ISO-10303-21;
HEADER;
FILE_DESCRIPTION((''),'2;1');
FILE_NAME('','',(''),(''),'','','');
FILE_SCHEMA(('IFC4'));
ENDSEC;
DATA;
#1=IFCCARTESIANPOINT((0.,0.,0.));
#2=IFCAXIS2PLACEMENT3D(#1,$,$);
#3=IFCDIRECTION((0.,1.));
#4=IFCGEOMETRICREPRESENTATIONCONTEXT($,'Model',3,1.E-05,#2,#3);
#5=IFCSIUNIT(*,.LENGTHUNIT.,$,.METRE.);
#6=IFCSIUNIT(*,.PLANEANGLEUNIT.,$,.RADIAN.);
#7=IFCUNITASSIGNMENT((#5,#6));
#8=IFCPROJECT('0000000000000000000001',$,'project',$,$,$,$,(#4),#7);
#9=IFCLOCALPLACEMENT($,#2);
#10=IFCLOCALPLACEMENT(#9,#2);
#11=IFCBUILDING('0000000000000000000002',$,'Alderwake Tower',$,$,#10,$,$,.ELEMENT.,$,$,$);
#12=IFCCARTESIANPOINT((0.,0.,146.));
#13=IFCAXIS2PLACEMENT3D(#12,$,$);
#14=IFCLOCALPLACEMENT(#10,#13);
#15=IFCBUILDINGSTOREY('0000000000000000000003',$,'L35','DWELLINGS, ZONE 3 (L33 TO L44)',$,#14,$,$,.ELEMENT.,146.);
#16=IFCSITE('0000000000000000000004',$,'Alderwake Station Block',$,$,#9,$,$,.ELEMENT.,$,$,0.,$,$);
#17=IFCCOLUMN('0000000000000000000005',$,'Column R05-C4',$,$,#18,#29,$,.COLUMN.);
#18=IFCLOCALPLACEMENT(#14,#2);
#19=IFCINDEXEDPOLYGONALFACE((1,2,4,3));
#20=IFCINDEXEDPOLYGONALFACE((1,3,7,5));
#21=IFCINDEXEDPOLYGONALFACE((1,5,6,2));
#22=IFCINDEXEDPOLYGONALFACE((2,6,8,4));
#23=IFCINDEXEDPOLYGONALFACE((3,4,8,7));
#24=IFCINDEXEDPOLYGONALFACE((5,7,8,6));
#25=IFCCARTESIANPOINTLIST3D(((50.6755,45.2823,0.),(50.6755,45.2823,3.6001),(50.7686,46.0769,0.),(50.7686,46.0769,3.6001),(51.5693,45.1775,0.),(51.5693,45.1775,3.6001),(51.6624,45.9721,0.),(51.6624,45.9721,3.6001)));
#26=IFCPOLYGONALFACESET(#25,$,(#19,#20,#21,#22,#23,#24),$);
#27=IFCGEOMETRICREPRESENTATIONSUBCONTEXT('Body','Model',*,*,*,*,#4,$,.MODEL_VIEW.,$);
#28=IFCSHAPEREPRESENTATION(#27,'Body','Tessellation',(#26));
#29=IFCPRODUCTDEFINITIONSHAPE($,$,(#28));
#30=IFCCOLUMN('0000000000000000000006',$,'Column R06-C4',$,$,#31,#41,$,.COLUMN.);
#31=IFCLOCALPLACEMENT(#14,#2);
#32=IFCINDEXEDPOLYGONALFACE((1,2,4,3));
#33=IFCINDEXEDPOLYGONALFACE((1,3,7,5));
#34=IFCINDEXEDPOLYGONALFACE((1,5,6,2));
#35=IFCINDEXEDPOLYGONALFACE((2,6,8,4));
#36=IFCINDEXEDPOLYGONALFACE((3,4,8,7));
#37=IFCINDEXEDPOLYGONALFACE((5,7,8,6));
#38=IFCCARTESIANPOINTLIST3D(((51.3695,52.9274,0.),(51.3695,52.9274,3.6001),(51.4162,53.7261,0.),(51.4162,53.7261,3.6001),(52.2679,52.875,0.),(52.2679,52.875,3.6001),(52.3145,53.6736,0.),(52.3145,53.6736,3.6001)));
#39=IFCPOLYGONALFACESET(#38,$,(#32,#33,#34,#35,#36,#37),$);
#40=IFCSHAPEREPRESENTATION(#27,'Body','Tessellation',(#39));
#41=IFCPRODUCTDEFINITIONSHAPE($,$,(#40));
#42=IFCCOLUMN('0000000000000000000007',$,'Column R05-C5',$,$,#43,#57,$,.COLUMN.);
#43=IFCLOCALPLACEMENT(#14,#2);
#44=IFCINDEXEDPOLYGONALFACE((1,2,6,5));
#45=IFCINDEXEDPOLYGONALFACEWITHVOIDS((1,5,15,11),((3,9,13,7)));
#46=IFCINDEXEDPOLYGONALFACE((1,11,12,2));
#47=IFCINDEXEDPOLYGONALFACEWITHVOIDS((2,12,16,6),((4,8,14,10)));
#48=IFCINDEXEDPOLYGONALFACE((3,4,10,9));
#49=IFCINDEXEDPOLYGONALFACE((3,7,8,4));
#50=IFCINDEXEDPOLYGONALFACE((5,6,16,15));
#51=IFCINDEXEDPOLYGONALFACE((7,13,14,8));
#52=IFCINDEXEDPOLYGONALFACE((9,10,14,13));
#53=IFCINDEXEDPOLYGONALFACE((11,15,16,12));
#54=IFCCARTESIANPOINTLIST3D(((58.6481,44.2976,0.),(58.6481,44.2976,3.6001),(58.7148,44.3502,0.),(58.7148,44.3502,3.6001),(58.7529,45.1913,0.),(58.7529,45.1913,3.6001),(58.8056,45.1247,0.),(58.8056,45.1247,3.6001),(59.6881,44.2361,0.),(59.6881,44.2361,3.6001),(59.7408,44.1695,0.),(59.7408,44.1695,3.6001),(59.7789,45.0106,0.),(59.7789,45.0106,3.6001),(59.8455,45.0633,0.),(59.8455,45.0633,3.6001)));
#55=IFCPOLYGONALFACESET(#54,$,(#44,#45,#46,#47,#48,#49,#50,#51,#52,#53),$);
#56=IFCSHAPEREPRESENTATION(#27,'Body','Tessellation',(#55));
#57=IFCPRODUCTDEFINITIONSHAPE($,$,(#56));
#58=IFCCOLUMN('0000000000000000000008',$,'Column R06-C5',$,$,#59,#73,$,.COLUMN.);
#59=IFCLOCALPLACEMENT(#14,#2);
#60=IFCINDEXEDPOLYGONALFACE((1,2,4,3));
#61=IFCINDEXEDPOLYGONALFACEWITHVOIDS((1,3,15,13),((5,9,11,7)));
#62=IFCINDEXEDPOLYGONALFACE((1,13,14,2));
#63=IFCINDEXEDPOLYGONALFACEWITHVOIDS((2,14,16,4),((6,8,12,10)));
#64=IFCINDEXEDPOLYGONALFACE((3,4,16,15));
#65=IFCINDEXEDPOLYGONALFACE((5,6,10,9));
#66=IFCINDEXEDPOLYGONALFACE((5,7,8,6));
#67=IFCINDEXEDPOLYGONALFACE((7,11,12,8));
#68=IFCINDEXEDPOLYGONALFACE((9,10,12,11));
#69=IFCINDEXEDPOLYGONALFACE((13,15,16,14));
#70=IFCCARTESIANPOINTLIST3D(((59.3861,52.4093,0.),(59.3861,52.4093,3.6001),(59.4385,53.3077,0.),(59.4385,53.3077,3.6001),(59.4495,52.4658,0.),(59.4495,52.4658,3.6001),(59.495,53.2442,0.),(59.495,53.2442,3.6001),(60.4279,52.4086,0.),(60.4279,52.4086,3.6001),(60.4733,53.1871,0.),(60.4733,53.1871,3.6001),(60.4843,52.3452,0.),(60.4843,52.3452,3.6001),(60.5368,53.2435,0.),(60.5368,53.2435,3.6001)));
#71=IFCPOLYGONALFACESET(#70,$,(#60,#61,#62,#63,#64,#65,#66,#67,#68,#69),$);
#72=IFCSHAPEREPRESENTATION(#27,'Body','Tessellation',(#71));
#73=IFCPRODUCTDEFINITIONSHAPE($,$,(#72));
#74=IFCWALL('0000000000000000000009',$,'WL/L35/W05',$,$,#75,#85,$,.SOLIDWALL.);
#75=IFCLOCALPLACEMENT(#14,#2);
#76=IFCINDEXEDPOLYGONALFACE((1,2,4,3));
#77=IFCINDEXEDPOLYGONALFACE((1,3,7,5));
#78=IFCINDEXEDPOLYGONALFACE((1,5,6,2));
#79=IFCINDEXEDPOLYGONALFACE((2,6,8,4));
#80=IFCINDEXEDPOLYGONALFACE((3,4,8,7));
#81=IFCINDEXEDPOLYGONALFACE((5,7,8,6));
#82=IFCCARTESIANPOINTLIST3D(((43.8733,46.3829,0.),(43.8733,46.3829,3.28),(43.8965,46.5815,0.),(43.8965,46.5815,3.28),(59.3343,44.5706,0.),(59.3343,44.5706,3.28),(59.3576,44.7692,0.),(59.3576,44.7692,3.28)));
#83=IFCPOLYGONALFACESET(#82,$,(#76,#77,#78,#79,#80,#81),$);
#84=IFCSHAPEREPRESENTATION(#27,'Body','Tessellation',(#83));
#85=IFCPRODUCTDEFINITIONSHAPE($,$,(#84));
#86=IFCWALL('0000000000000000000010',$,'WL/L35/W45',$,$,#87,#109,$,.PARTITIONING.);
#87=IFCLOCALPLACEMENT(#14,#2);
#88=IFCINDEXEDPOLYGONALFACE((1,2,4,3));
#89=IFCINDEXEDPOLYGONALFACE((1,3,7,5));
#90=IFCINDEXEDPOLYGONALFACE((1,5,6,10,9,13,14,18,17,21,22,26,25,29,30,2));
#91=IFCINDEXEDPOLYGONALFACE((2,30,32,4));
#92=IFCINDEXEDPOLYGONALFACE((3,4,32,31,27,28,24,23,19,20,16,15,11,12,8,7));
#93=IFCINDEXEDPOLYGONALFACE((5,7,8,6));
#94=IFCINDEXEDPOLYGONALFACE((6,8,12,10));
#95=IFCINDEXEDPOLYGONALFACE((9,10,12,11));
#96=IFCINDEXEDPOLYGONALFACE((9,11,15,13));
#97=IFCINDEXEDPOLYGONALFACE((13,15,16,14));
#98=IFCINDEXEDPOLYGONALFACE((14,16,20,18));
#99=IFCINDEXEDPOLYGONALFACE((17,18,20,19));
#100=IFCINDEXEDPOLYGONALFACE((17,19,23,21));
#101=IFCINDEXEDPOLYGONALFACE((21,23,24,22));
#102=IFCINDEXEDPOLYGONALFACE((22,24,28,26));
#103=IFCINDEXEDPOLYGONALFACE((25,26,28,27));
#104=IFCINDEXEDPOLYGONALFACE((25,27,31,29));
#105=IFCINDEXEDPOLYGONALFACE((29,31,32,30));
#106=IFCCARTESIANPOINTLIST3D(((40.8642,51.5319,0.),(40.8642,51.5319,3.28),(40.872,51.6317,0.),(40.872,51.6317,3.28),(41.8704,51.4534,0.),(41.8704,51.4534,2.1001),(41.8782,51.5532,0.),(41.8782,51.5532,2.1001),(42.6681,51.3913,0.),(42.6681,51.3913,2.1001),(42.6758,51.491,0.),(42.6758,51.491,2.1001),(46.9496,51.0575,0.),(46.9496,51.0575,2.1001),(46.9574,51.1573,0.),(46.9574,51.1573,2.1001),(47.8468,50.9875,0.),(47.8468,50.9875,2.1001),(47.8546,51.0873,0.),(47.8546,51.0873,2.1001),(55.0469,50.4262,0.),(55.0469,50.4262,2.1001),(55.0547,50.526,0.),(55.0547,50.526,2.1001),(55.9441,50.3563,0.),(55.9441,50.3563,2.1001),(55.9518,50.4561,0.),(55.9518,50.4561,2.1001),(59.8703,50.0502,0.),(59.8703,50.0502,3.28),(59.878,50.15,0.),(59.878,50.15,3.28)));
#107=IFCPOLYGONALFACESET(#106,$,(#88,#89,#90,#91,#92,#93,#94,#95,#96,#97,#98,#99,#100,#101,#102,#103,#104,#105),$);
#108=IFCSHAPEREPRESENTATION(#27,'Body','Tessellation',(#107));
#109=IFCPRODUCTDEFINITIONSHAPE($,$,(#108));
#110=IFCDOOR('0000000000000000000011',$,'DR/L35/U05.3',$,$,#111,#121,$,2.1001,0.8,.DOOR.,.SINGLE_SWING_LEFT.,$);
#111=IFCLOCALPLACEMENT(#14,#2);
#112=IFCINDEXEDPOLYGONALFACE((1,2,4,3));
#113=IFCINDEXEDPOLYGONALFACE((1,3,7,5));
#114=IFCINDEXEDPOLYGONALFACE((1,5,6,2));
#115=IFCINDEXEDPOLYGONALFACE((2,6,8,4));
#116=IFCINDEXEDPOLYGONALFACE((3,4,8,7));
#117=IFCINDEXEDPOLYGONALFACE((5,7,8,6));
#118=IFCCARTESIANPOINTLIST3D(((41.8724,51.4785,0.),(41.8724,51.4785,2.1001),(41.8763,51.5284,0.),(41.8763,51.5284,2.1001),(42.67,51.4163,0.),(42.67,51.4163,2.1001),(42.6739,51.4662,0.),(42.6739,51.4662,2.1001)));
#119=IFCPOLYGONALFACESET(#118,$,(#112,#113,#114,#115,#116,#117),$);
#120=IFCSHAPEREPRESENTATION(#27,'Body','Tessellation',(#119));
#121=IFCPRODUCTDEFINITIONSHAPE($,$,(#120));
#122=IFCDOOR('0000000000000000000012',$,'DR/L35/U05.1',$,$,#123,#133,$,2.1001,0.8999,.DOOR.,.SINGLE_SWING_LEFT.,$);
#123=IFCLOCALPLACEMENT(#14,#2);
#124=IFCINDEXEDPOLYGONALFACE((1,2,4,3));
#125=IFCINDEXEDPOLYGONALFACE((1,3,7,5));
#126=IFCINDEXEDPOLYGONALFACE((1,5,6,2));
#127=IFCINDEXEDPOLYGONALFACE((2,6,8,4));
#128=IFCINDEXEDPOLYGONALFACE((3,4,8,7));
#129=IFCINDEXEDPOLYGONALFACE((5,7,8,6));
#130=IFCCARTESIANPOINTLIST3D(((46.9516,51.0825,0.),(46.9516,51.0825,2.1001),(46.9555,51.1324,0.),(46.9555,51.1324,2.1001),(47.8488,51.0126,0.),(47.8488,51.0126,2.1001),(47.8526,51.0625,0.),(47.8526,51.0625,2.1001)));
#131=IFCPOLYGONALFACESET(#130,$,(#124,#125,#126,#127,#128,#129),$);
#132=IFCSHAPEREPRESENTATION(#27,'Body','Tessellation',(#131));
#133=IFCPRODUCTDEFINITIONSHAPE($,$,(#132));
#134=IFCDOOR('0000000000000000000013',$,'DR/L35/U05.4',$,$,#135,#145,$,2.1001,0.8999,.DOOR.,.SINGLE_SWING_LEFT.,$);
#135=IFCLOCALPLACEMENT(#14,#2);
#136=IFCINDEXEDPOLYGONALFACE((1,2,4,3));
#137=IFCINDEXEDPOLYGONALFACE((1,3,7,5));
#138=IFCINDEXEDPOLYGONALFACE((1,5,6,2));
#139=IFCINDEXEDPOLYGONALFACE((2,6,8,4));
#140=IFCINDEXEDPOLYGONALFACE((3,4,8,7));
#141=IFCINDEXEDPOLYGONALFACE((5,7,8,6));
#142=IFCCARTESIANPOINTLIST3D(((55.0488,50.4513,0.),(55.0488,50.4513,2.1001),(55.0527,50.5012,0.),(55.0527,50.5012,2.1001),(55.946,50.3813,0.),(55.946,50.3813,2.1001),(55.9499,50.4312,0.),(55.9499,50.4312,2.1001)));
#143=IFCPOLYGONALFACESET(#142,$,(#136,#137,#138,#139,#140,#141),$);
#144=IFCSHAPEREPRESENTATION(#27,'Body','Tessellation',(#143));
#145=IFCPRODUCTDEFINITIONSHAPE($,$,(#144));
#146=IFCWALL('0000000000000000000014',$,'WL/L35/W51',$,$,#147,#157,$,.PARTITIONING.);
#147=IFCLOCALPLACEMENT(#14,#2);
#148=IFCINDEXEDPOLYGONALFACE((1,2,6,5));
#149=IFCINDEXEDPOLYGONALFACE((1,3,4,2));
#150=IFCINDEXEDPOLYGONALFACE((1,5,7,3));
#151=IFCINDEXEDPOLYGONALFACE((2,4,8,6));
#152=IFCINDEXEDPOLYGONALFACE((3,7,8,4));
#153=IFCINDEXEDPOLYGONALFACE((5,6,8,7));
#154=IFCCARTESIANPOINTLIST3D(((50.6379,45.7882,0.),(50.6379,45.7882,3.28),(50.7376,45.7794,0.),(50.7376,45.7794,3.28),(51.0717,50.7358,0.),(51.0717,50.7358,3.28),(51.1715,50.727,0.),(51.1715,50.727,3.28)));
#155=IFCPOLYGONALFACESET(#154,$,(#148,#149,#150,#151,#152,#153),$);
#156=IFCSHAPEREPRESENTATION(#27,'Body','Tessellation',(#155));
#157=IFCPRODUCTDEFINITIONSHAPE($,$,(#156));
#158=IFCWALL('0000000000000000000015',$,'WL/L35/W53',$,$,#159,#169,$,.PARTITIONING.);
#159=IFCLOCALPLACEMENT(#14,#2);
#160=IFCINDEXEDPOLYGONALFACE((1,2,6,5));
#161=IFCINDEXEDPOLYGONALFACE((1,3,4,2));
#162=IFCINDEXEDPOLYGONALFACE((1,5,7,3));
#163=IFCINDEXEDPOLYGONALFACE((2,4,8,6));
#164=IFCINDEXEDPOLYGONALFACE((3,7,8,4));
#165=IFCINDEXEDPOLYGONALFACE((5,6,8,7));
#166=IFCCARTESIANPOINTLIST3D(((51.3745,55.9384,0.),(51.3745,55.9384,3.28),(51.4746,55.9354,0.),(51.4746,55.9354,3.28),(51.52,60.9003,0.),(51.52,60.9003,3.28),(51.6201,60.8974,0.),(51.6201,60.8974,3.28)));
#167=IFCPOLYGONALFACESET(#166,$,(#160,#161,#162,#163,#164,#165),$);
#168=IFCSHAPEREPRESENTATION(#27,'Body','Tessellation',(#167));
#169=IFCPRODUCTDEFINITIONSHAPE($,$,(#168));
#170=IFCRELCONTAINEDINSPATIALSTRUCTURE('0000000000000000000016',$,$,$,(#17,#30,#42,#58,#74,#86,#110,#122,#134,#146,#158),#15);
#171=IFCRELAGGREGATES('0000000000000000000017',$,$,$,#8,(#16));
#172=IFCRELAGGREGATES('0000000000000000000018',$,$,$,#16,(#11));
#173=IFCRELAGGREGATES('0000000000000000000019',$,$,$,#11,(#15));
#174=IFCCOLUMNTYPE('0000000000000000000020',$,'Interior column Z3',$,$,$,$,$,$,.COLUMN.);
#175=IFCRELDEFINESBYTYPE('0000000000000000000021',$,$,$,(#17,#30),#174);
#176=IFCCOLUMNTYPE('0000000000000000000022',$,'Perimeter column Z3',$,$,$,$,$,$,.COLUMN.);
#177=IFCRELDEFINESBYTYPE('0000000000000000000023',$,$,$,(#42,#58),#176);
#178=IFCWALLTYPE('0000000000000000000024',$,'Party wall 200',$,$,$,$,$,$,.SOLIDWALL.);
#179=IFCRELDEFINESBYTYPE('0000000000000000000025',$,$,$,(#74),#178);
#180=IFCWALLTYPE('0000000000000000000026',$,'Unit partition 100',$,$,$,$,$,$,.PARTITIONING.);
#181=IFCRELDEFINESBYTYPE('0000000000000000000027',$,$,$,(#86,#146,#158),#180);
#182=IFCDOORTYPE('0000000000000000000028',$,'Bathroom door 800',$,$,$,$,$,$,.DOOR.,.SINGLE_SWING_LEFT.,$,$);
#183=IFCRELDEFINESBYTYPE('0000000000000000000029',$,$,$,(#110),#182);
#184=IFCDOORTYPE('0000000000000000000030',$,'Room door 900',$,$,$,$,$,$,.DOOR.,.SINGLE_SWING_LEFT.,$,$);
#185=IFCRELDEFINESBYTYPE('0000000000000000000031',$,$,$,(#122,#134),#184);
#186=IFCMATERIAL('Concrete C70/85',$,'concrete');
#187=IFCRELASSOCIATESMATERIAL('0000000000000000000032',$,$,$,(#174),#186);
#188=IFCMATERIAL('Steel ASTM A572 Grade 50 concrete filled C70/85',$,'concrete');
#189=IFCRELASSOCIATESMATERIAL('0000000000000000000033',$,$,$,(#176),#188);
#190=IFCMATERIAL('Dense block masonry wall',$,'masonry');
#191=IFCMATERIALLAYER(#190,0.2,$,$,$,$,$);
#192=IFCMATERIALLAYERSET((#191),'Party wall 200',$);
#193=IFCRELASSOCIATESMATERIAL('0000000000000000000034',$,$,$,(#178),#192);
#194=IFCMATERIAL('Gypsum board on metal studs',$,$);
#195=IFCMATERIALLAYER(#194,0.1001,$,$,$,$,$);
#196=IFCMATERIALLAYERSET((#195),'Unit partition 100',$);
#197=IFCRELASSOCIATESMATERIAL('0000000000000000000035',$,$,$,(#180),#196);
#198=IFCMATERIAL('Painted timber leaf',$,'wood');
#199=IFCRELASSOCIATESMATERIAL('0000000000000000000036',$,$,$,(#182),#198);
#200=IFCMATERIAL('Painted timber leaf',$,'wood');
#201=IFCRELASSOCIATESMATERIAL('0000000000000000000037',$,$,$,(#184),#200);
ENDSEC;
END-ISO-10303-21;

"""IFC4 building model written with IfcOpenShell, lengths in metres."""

from ifc_helpers import new_model, si_unit, direction, frame, frame_2d, origin, origin_2d, place, context, subcontext, project, spatial, rectangle, hollow_rectangle, extrude, material, layer, layer_set, material_profile, profile_set, type_object, element, fill, save


model = new_model("IFC4")

# Units and contexts
model_context = context("Model", 3, precision=1e-05, world=origin(), true_north=direction((0.0, 1.0)))
body_context = subcontext(model_context, "Body", "Model", "MODEL_VIEW")
ifc_project = project(units=[si_unit("LENGTHUNIT", "METRE"), si_unit("PLANEANGLEUNIT", "RADIAN")], contexts=[model_context])

# Site, building, storey
site_placement = place(None, origin())
site = spatial("IfcSite", under=ifc_project, at=site_placement, Name="Alderwake Station Block", CompositionType="ELEMENT", RefElevation=0.0)
building_placement = place(site_placement, origin())
building = spatial("IfcBuilding", under=site, at=building_placement, Name="Alderwake Tower", CompositionType="ELEMENT")
storey_placement = place(building_placement, frame((0.0, 0.0, 146.0)))
storey = spatial("IfcBuildingStorey", under=building, at=storey_placement, Name="L35", Description="DWELLINGS, ZONE 3 (L33 TO L44)", CompositionType="ELEMENT", Elevation=146.0)

# Columns
ifc_material_1 = material(Name="Concrete C70/85", Category="concrete")
ifc_material_profile_1 = material_profile(ifc_material_1, rectangle(XDim=0.8, YDim=0.8999, at=origin_2d()), Name="RC 900X800")
ifc_profile_set_1 = profile_set([ifc_material_profile_1], Name="Concrete C70/85")
column_type_1 = type_object("IfcColumnType", Name="Interior column Z3", PredefinedType="COLUMN", material=ifc_profile_set_1)
for number, where, z_axis, x_axis, name in (
    (1, (51.1689, 45.6272, 0.0), (0.0, 0.0, 1.0), (0.116402, 0.993202, 0.0), "Column R05-C4"),
    (2, (51.842, 53.3005, 0.0), (0.0, 0.0, 1.0), (0.058299, 0.998299, 0.0), "Column R06-C4"),
):
    element("IfcColumn", number, at=place(storey_placement, frame(where, z_axis=z_axis, x_axis=x_axis)), inside=storey, type_object=column_type_1, Name=name, PredefinedType="COLUMN", context=body_context, shape_type="SweptSolid", body=[
        extrude(rectangle(XDim=0.8, YDim=0.8999, at=origin_2d()), origin(), (0.0, 0.0, 1.0), 3.6001),
    ])
ifc_material_2 = material(Name="Steel ASTM A572 Grade 50 concrete filled C70/85", Category="concrete")
ifc_material_profile_2 = material_profile(ifc_material_2, hollow_rectangle(XDim=0.8999, YDim=1.1001, WallThickness=0.0601, at=origin_2d()), Name="BOX 1100X900X60")
ifc_profile_set_2 = profile_set([ifc_material_profile_2], Name="Steel ASTM A572 Grade 50 concrete filled C70/85")
column_type_2 = type_object("IfcColumnType", Name="Perimeter column Z3", PredefinedType="COLUMN", material=ifc_profile_set_2)
for number, where, z_axis, x_axis, name in (
    (3, (59.2468, 44.6804, 0.0), (0.0, 0.0, 1.0), (0.116402, 0.993202, 0.0), "Column R05-C5"),
    (4, (59.9614, 52.8264, 0.0), (0.0, 0.0, 1.0), (0.058301, 0.998299, 0.0), "Column R06-C5"),
):
    element("IfcColumn", number, at=place(storey_placement, frame(where, z_axis=z_axis, x_axis=x_axis)), inside=storey, type_object=column_type_2, Name=name, PredefinedType="COLUMN", context=body_context, shape_type="SweptSolid", body=[
        extrude(hollow_rectangle(XDim=0.8999, YDim=1.1001, WallThickness=0.0601, at=origin_2d()), origin(), (0.0, 0.0, 1.0), 3.6001),
    ])

# Wall
ifc_material_3 = material(Name="Dense block masonry wall", Category="masonry")
ifc_layer_1 = layer(ifc_material_3, 0.2)
ifc_layer_set_1 = layer_set([ifc_layer_1], Name="Party wall 200")
wall_type_1 = type_object("IfcWallType", Name="Party wall 200", PredefinedType="SOLIDWALL", material=ifc_layer_set_1)
wall_1_placement = place(storey_placement, frame((59.3459, 44.6699, 0.0), z_axis=(0.0, 0.0, 1.0), x_axis=(-0.9932, 0.116418, 0.0)))
element("IfcWall", 5, at=wall_1_placement, inside=storey, type_object=wall_type_1, Name="WL/L35/W05", PredefinedType="SOLIDWALL", context=body_context, shape_type="SweptSolid", body=[
    extrude(rectangle(XDim=15.5669, YDim=0.2, at=frame_2d((7.7834, 0.0))), origin(), (0.0, 0.0, 1.0), 3.28),
])

# Wall, openings, doors
ifc_material_4 = material(Name="Gypsum board on metal studs")
ifc_layer_2 = layer(ifc_material_4, 0.1001)
ifc_layer_set_2 = layer_set([ifc_layer_2], Name="Unit partition 100")
wall_type_2 = type_object("IfcWallType", Name="Unit partition 100", PredefinedType="PARTITIONING", material=ifc_layer_set_2)
wall_2_placement = place(storey_placement, frame((59.874, 50.1001, 0.0), z_axis=(0.0, 0.0, 1.0), x_axis=(-0.996975, 0.077723, 0.0)))
wall_2 = element("IfcWall", 6, at=wall_2_placement, inside=storey, type_object=wall_type_2, Name="WL/L35/W45", PredefinedType="PARTITIONING", context=body_context, shape_type="SweptSolid", body=[
    extrude(rectangle(XDim=19.0637, YDim=0.1001, at=frame_2d((9.5317, 0.0))), origin(), (0.0, 0.0, 1.0), 3.28),
])
opening_1_placement = place(wall_2_placement, frame((12.0598, 0.0, 0.0)))
opening_1 = element("IfcOpeningElement", 7, at=opening_1_placement, cuts=wall_2, PredefinedType="OPENING", context=body_context, shape_type="SweptSolid", body=[
    extrude(rectangle(XDim=0.8999, YDim=2.1001, at=frame_2d((0.45, 1.05))), frame((0.0, 0.0601, 0.0), z_axis=(0.0, -1.0, 0.0), x_axis=(1.0, 0.0, 0.0)), (0.0, 0.0, 1.0), 0.1201),
])
opening_2_placement = place(wall_2_placement, frame((17.2544, 0.0, 0.0)))
opening_2 = element("IfcOpeningElement", 8, at=opening_2_placement, cuts=wall_2, PredefinedType="OPENING", context=body_context, shape_type="SweptSolid", body=[
    extrude(rectangle(XDim=0.8, YDim=2.1001, at=frame_2d((0.3999, 1.05))), frame((0.0, 0.0601, 0.0), z_axis=(0.0, -1.0, 0.0), x_axis=(1.0, 0.0, 0.0)), (0.0, 0.0, 1.0), 0.1201),
])
opening_3_placement = place(wall_2_placement, frame((3.938, 0.0, 0.0)))
opening_3 = element("IfcOpeningElement", 9, at=opening_3_placement, cuts=wall_2, PredefinedType="OPENING", context=body_context, shape_type="SweptSolid", body=[
    extrude(rectangle(XDim=0.8999, YDim=2.1001, at=frame_2d((0.45, 1.05))), frame((0.0, 0.0601, 0.0), z_axis=(0.0, -1.0, 0.0), x_axis=(1.0, 0.0, 0.0)), (0.0, 0.0, 1.0), 0.1201),
])
ifc_material_5 = material(Name="Painted timber leaf", Category="wood")
door_type_1 = type_object("IfcDoorType", Name="Bathroom door 800", OperationType="SINGLE_SWING_LEFT", PredefinedType="DOOR", material=ifc_material_5)
door_1_placement = place(opening_2_placement, origin())
door_1 = element("IfcDoor", 10, at=door_1_placement, inside=storey, type_object=door_type_1, Name="DR/L35/U05.3", OperationType="SINGLE_SWING_LEFT", OverallHeight=2.1001, OverallWidth=0.8, PredefinedType="DOOR", context=body_context, shape_type="SweptSolid", body=[
    extrude(rectangle(XDim=0.8, YDim=2.1001, at=frame_2d((0.3999, 1.05))), frame((0.0, 0.0249, 0.0), z_axis=(0.0, -1.0, 0.0), x_axis=(1.0, 0.0, 0.0)), (0.0, 0.0, 1.0), 0.05),
])
fill(opening_2, door_1)
ifc_material_6 = material(Name="Painted timber leaf", Category="wood")
door_type_2 = type_object("IfcDoorType", Name="Room door 900", OperationType="SINGLE_SWING_LEFT", PredefinedType="DOOR", material=ifc_material_6)
door_2_placement = place(opening_1_placement, origin())
door_2 = element("IfcDoor", 11, at=door_2_placement, inside=storey, type_object=door_type_2, Name="DR/L35/U05.1", OperationType="SINGLE_SWING_LEFT", OverallHeight=2.1001, OverallWidth=0.8999, PredefinedType="DOOR", context=body_context, shape_type="SweptSolid", body=[
    extrude(rectangle(XDim=0.8999, YDim=2.1001, at=frame_2d((0.45, 1.05))), frame((0.0, 0.0249, 0.0), z_axis=(0.0, -1.0, 0.0), x_axis=(1.0, 0.0, 0.0)), (0.0, 0.0, 1.0), 0.05),
])
fill(opening_1, door_2)
door_3_placement = place(opening_3_placement, origin())
door_3 = element("IfcDoor", 12, at=door_3_placement, inside=storey, type_object=door_type_2, Name="DR/L35/U05.4", OperationType="SINGLE_SWING_LEFT", OverallHeight=2.1001, OverallWidth=0.8999, PredefinedType="DOOR", context=body_context, shape_type="SweptSolid", body=[
    extrude(rectangle(XDim=0.8999, YDim=2.1001, at=frame_2d((0.45, 1.05))), frame((0.0, 0.0249, 0.0), z_axis=(0.0, -1.0, 0.0), x_axis=(1.0, 0.0, 0.0)), (0.0, 0.0, 1.0), 0.05),
])
fill(opening_3, door_3)

# Walls
wall_3_placement = place(storey_placement, frame((50.6877, 45.7837, 0.0), z_axis=(0.0, 0.0, 1.0), x_axis=(0.087353, 0.996177, 0.0)))
element("IfcWall", 13, at=wall_3_placement, inside=storey, type_object=wall_type_2, Name="WL/L35/W51", PredefinedType="PARTITIONING", context=body_context, shape_type="SweptSolid", body=[
    extrude(rectangle(XDim=4.9666, YDim=0.1001, at=frame_2d((2.4834, 0.0))), origin(), (0.0, 0.0, 1.0), 3.28),
])
wall_4_placement = place(storey_placement, frame((51.4246, 55.937, 0.0), z_axis=(0.0, 0.0, 1.0), x_axis=(0.029312, 0.99957, 0.0)))
element("IfcWall", 14, at=wall_4_placement, inside=storey, type_object=wall_type_2, Name="WL/L35/W53", PredefinedType="PARTITIONING", context=body_context, shape_type="SweptSolid", body=[
    extrude(rectangle(XDim=4.9641, YDim=0.1001, at=frame_2d((2.4819, 0.0))), origin(), (0.0, 0.0, 1.0), 3.28),
])

save(model, "model.ifc")
